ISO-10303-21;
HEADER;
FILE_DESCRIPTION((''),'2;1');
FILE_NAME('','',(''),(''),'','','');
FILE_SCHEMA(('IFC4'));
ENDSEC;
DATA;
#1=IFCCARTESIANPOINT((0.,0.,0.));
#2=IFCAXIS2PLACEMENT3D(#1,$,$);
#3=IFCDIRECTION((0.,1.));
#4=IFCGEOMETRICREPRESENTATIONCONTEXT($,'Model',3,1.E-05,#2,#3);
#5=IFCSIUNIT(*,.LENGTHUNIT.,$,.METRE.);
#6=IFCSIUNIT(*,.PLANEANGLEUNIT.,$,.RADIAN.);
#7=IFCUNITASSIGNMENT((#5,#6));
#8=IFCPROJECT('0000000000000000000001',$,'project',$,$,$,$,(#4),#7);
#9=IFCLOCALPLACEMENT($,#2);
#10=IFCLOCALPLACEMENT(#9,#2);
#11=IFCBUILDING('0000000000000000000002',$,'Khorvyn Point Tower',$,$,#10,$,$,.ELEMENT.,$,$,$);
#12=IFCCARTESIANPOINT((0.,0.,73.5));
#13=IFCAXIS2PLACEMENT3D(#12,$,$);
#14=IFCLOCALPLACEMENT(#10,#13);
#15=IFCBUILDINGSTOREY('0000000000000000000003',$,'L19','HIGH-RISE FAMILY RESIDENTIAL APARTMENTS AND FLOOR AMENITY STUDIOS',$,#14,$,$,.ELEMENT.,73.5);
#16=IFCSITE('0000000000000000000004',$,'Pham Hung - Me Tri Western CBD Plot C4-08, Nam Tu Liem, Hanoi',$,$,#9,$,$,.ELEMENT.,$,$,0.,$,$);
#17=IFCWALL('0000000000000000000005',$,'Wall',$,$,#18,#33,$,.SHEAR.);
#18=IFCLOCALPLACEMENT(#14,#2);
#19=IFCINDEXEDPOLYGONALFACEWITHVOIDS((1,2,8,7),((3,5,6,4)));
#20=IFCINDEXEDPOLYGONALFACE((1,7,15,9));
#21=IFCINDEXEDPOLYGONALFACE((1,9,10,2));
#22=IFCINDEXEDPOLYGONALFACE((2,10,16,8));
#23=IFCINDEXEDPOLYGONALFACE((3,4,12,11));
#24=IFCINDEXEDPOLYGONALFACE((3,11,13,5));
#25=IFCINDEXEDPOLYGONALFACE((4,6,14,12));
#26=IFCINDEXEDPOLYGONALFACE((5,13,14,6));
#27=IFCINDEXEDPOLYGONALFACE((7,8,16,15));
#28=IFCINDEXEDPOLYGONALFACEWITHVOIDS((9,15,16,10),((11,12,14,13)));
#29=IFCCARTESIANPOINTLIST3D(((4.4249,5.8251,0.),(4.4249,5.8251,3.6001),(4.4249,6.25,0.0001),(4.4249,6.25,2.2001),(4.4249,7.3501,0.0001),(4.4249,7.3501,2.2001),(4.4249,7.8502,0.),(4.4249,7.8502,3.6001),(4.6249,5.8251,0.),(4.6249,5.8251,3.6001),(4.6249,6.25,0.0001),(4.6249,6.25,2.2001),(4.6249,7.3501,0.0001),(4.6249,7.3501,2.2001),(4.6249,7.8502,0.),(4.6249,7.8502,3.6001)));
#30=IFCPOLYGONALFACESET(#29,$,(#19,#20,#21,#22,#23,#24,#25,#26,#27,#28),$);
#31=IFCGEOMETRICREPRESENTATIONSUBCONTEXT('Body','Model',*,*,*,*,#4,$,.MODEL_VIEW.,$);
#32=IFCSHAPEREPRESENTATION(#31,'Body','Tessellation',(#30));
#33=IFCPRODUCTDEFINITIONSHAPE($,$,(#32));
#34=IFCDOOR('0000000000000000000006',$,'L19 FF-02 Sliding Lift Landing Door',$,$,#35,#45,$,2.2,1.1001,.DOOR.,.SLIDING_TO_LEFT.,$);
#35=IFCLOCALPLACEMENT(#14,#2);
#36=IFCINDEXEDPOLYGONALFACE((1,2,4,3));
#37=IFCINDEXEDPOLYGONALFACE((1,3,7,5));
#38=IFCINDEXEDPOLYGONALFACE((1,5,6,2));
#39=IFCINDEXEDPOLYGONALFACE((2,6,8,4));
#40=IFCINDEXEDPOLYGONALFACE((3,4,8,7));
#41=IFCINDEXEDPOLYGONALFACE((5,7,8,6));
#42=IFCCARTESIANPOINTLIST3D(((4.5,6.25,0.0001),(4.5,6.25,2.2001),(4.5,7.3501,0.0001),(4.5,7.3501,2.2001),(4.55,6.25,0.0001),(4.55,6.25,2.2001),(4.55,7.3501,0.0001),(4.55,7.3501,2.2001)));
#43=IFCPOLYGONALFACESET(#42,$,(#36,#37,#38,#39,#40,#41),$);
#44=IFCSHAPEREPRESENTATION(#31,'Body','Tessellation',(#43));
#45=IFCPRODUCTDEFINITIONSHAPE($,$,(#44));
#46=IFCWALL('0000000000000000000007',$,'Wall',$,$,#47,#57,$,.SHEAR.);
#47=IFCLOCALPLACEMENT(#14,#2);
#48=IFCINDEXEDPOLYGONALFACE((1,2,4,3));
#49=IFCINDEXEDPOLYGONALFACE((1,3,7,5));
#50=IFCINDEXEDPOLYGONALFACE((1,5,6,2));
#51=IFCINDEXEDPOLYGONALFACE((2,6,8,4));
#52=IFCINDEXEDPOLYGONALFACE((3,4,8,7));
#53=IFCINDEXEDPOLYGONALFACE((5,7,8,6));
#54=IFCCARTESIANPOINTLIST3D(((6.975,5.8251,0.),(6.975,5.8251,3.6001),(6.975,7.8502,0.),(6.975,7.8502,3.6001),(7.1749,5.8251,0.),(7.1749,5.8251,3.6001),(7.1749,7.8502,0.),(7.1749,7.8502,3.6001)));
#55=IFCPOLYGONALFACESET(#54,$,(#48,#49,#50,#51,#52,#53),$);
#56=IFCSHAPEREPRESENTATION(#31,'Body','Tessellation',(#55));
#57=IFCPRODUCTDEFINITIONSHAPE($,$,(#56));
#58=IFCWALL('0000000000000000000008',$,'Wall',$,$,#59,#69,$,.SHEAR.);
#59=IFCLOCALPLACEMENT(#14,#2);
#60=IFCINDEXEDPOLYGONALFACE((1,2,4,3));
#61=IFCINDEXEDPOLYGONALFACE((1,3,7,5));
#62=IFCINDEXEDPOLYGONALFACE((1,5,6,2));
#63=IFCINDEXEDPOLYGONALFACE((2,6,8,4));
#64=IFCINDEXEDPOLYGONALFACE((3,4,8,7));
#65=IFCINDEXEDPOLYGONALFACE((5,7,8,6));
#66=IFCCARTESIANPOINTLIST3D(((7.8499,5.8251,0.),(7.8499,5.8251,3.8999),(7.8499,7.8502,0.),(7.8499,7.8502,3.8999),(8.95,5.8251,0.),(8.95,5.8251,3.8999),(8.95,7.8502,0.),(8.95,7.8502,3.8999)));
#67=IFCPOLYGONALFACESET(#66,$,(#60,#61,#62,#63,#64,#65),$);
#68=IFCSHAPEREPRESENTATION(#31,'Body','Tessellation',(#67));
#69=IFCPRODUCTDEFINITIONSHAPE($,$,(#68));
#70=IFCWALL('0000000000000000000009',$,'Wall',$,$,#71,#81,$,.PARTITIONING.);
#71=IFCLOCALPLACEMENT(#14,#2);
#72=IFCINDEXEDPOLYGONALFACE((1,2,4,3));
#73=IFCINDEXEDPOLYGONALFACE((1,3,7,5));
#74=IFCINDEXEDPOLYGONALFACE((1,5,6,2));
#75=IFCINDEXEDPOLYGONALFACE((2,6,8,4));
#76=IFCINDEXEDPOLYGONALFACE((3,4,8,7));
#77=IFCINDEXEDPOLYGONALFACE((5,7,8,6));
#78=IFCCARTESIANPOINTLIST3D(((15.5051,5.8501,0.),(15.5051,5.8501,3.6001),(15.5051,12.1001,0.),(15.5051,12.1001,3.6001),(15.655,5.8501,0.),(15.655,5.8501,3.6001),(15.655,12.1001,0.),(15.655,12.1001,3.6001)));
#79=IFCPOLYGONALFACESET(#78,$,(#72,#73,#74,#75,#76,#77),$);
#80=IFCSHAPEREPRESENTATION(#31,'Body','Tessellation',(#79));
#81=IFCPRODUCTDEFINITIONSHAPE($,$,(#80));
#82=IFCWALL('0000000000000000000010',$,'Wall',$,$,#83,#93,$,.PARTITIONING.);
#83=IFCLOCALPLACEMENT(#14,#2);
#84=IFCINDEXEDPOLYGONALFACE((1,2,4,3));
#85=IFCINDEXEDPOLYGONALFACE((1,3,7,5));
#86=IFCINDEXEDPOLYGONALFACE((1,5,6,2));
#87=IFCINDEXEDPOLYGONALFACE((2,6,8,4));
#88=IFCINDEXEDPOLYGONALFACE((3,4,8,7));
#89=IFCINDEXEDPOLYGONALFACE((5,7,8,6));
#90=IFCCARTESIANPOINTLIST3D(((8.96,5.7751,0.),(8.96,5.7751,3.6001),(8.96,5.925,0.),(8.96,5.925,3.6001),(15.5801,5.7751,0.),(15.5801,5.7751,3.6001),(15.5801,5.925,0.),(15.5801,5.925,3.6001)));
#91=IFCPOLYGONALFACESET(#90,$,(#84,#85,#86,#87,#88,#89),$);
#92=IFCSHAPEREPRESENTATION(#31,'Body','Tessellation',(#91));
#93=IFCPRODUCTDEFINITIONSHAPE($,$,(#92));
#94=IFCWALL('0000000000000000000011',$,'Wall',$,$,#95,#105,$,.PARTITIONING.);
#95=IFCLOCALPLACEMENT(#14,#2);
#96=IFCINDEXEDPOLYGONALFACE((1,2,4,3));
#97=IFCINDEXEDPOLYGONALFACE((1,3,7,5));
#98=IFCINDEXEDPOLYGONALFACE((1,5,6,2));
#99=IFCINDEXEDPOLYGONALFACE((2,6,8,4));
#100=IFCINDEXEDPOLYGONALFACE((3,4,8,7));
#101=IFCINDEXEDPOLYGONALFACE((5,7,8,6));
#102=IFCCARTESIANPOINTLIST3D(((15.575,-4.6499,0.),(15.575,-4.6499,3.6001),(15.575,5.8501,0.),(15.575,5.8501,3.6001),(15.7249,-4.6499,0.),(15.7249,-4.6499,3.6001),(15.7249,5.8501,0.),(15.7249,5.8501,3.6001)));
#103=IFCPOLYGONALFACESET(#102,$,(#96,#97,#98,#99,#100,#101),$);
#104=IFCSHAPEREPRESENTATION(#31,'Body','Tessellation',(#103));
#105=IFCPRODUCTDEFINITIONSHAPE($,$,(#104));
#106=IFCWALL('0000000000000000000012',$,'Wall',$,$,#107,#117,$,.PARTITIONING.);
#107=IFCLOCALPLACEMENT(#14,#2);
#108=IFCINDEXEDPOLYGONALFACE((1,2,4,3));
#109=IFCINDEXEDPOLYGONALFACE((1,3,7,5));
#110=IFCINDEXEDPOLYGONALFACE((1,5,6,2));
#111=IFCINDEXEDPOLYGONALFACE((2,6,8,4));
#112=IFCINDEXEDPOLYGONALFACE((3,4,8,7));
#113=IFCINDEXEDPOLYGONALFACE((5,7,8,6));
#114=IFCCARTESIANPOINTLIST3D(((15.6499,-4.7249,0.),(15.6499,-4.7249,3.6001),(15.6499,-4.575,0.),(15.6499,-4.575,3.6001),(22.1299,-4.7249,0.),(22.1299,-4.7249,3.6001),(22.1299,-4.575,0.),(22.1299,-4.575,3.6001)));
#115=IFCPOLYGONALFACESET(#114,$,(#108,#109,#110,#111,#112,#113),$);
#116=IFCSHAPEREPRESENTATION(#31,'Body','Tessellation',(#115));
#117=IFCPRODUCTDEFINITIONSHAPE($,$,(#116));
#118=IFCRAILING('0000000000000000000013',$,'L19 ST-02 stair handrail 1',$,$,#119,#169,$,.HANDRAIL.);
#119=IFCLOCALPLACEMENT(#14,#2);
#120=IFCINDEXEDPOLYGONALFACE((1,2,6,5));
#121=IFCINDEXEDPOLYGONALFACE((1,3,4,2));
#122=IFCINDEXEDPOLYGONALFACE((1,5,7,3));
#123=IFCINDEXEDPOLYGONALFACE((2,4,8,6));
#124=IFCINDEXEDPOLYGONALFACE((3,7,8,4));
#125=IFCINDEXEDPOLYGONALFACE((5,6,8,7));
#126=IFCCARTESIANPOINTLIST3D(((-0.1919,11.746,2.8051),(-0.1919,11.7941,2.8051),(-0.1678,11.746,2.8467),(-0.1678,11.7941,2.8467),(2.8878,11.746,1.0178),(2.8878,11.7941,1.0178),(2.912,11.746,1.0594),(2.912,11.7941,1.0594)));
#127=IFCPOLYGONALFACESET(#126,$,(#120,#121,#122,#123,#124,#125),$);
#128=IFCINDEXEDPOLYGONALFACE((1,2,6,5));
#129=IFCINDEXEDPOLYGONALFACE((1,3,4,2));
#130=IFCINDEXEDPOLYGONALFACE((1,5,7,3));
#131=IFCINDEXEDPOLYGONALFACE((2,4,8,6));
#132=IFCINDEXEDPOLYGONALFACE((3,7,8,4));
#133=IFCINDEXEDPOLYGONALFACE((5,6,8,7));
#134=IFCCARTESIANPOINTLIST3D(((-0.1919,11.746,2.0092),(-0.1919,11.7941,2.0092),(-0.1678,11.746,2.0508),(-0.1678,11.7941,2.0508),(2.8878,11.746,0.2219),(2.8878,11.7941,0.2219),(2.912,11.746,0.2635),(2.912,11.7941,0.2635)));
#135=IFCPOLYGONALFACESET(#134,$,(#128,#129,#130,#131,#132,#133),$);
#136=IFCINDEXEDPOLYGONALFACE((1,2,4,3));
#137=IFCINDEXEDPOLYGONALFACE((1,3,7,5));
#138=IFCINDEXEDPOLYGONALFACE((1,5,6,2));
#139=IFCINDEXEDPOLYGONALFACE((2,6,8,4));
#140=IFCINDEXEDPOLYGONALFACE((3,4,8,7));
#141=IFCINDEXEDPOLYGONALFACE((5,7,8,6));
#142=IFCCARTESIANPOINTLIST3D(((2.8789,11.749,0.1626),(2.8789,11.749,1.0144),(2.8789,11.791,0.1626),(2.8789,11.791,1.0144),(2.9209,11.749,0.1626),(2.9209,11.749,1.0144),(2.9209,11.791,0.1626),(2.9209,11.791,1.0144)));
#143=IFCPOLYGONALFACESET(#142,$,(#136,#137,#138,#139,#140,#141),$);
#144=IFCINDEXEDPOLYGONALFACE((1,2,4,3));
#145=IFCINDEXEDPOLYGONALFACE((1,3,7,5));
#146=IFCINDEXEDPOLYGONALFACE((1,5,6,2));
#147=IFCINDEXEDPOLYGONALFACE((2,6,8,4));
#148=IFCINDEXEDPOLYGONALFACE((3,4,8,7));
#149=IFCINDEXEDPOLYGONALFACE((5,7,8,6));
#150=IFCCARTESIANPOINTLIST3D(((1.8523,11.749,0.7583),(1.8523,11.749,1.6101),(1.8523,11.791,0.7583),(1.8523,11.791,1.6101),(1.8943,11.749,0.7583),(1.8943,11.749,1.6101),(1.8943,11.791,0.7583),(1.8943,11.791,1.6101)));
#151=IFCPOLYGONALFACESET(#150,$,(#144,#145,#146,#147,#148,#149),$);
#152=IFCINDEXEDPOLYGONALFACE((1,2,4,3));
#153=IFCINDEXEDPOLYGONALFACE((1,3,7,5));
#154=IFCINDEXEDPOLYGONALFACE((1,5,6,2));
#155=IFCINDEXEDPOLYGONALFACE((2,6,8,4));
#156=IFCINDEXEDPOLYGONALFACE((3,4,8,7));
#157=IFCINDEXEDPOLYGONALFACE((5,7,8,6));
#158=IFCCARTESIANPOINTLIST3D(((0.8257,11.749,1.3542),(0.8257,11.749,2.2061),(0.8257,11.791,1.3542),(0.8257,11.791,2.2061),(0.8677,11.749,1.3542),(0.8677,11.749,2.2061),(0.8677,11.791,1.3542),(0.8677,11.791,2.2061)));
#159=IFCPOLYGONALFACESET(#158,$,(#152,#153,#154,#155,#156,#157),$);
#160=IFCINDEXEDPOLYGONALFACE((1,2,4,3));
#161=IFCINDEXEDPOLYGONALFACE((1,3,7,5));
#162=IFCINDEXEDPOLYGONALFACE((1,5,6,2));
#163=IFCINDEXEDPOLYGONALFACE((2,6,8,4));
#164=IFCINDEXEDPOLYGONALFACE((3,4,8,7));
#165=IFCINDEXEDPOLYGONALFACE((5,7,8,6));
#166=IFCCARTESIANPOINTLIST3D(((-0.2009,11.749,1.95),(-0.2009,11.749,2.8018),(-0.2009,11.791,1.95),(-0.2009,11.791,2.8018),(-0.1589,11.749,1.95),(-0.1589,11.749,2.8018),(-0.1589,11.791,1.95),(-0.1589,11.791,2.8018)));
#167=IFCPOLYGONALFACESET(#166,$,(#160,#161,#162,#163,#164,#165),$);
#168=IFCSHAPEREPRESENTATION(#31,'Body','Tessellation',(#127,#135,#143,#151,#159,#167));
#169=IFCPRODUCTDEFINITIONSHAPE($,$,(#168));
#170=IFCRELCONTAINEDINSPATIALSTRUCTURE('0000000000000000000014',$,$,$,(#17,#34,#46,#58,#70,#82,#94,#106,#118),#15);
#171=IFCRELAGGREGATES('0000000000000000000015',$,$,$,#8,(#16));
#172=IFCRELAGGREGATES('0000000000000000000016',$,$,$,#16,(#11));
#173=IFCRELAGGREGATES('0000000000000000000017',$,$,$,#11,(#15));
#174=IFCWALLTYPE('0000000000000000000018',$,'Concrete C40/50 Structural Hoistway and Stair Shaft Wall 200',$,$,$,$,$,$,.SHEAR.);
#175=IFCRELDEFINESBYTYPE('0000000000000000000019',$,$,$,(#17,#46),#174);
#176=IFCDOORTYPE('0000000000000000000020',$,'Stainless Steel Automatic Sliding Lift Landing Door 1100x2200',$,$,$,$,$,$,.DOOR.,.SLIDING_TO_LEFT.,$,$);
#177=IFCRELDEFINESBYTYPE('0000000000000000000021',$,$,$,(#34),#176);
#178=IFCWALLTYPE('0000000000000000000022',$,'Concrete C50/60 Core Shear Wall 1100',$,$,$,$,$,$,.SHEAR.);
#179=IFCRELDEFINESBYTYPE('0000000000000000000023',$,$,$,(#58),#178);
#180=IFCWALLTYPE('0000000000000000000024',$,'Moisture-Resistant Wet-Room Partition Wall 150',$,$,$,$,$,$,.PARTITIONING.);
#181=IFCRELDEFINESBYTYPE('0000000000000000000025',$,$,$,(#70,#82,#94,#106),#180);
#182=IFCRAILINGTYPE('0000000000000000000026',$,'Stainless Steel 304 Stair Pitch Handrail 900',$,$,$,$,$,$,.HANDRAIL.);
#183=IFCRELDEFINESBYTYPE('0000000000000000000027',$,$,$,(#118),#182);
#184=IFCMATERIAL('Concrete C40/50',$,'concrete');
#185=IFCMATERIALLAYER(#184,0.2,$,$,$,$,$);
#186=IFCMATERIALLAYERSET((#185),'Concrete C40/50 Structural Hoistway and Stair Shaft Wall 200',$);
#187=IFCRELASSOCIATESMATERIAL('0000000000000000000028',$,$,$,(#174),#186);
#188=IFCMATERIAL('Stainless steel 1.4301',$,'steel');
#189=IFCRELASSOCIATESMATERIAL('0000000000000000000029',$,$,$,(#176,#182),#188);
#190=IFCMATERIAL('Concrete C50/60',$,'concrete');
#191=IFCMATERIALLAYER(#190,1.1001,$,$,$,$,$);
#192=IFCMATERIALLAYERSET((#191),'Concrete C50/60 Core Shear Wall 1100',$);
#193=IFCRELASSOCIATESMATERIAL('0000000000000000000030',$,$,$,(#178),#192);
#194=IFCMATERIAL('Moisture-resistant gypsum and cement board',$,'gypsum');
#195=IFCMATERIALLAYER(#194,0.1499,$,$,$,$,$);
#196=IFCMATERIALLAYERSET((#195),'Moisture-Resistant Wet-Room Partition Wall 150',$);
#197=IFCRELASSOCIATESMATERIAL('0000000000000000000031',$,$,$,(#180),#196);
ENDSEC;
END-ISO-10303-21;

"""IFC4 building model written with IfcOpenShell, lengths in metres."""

from ifc_helpers import new_model, si_unit, direction, frame, frame_2d, origin, origin_2d, place, context, subcontext, project, spatial, rectangle, extrude, material, layer, layer_set, type_object, element, fill, save


model = new_model("IFC4")

# Units and contexts
model_context = context("Model", 3, precision=1e-05, world=origin(), true_north=direction((0.0, 1.0)))
body_context = subcontext(model_context, "Body", "Model", "MODEL_VIEW")
ifc_project = project(units=[si_unit("LENGTHUNIT", "METRE"), si_unit("PLANEANGLEUNIT", "RADIAN")], contexts=[model_context])

# Site, building, storey
site_placement = place(None, origin())
site = spatial("IfcSite", under=ifc_project, at=site_placement, Name="Pham Hung - Me Tri Western CBD Plot C4-08, Nam Tu Liem, Hanoi", CompositionType="ELEMENT", RefElevation=0.0)
building_placement = place(site_placement, origin())
building = spatial("IfcBuilding", under=site, at=building_placement, Name="Khorvyn Point Tower", CompositionType="ELEMENT")
storey_placement = place(building_placement, frame((0.0, 0.0, 73.5)))
storey = spatial("IfcBuildingStorey", under=building, at=storey_placement, Name="L19", Description="HIGH-RISE FAMILY RESIDENTIAL APARTMENTS AND FLOOR AMENITY STUDIOS", CompositionType="ELEMENT", Elevation=73.5)

# Shared definitions
ifc_material_1 = material(Name="Concrete C50/60", Category="concrete")

# Shared definitions
ifc_material_2 = material(Name="Concrete C40/50", Category="concrete")

# Wall, opening, door
ifc_layer_1 = layer(ifc_material_2, 0.2)
ifc_layer_set_1 = layer_set([ifc_layer_1], Name="Concrete C40/50 Structural Hoistway and Stair Shaft Wall 200")
wall_type_1 = type_object("IfcWallType", Name="Concrete C40/50 Structural Hoistway and Stair Shaft Wall 200", PredefinedType="SHEAR", material=ifc_layer_set_1)
wall_1_placement = place(storey_placement, frame((4.5249, 5.825, 0.0), z_axis=(0.0, 0.0, 1.0), x_axis=(0.0, 1.0, 0.0)))
wall_1 = element("IfcWall", 1, at=wall_1_placement, inside=storey, type_object=wall_type_1, Name="Wall", PredefinedType="SHEAR", context=body_context, shape_type="SweptSolid", body=[
    extrude(rectangle(XDim=2.0251, YDim=0.2, at=frame_2d((1.0127, 0.0))), origin(), (0.0, 0.0, 1.0), 3.6001),
])
opening_placement = place(wall_1_placement, frame((0.425, 0.0, 0.0)))
opening = element("IfcOpeningElement", 2, at=opening_placement, cuts=wall_1, PredefinedType="OPENING", context=body_context, shape_type="SweptSolid", body=[
    extrude(rectangle(XDim=1.1001, YDim=2.2, at=frame_2d((0.55, 1.1001))), frame((0.0, 0.1099, 0.0), z_axis=(0.0, -1.0, 0.0), x_axis=(1.0, 0.0, 0.0)), (0.0, 0.0, 1.0), 0.22),
])
ifc_material_3 = material(Name="Stainless steel 1.4301", Category="steel")
door_type = type_object("IfcDoorType", Name="Stainless Steel Automatic Sliding Lift Landing Door 1100x2200", OperationType="SLIDING_TO_LEFT", PredefinedType="DOOR", material=ifc_material_3)
door_placement = place(opening_placement, origin())
door = element("IfcDoor", 3, at=door_placement, inside=storey, type_object=door_type, Name="L19 FF-02 Sliding Lift Landing Door", OperationType="SLIDING_TO_LEFT", OverallHeight=2.2, OverallWidth=1.1001, PredefinedType="DOOR", context=body_context, shape_type="SweptSolid", body=[
    extrude(rectangle(XDim=1.1001, YDim=2.2, at=frame_2d((0.55, 1.1001))), frame((0.0, 0.0249, 0.0), z_axis=(0.0, -1.0, 0.0), x_axis=(1.0, 0.0, 0.0)), (0.0, 0.0, 1.0), 0.05),
])
fill(opening, door)

# Walls
wall_2_placement = place(storey_placement, frame((7.075, 5.825, 0.0), z_axis=(0.0, 0.0, 1.0), x_axis=(0.0, 1.0, 0.0)))
element("IfcWall", 4, at=wall_2_placement, inside=storey, type_object=wall_type_1, Name="Wall", PredefinedType="SHEAR", context=body_context, shape_type="SweptSolid", body=[
    extrude(rectangle(XDim=2.0251, YDim=0.2, at=frame_2d((1.0127, 0.0))), origin(), (0.0, 0.0, 1.0), 3.6001),
])
ifc_layer_2 = layer(ifc_material_1, 1.1001)
ifc_layer_set_2 = layer_set([ifc_layer_2], Name="Concrete C50/60 Core Shear Wall 1100")
wall_type_2 = type_object("IfcWallType", Name="Concrete C50/60 Core Shear Wall 1100", PredefinedType="SHEAR", material=ifc_layer_set_2)
wall_3_placement = place(storey_placement, frame((8.3999, 5.825, 0.0), z_axis=(0.0, 0.0, 1.0), x_axis=(0.0, 1.0, 0.0)))
element("IfcWall", 5, at=wall_3_placement, inside=storey, type_object=wall_type_2, Name="Wall", PredefinedType="SHEAR", context=body_context, shape_type="SweptSolid", body=[
    extrude(rectangle(XDim=2.0251, YDim=1.1001, at=frame_2d((1.0127, 0.0))), origin(), (0.0, 0.0, 1.0), 3.8999),
])
ifc_material_4 = material(Name="Moisture-resistant gypsum and cement board", Category="gypsum")
ifc_layer_3 = layer(ifc_material_4, 0.1499)
ifc_layer_set_3 = layer_set([ifc_layer_3], Name="Moisture-Resistant Wet-Room Partition Wall 150")
wall_type_3 = type_object("IfcWallType", Name="Moisture-Resistant Wet-Room Partition Wall 150", PredefinedType="PARTITIONING", material=ifc_layer_set_3)
wall_4_placement = place(storey_placement, frame((15.5801, 5.8501, 0.0), z_axis=(0.0, 0.0, 1.0), x_axis=(0.0, 1.0, 0.0)))
element("IfcWall", 6, at=wall_4_placement, inside=storey, type_object=wall_type_3, Name="Wall", PredefinedType="PARTITIONING", context=body_context, shape_type="SweptSolid", body=[
    extrude(rectangle(XDim=6.25, YDim=0.1499, at=frame_2d((3.125, 0.0))), origin(), (0.0, 0.0, 1.0), 3.6001),
])
wall_5_placement = place(storey_placement, frame((8.96, 5.8501, 0.0), z_axis=(0.0, 0.0, 1.0), x_axis=(1.0, 0.0, 0.0)))
element("IfcWall", 7, at=wall_5_placement, inside=storey, type_object=wall_type_3, Name="Wall", PredefinedType="PARTITIONING", context=body_context, shape_type="SweptSolid", body=[
    extrude(rectangle(XDim=6.6201, YDim=0.1499, at=frame_2d((3.3101, 0.0))), origin(), (0.0, 0.0, 1.0), 3.6001),
])
wall_6_placement = place(storey_placement, frame((15.6499, -4.6499, 0.0), z_axis=(0.0, 0.0, 1.0), x_axis=(0.0, 1.0, 0.0)))
element("IfcWall", 8, at=wall_6_placement, inside=storey, type_object=wall_type_3, Name="Wall", PredefinedType="PARTITIONING", context=body_context, shape_type="SweptSolid", body=[
    extrude(rectangle(XDim=10.5, YDim=0.1499, at=frame_2d((5.25, 0.0))), origin(), (0.0, 0.0, 1.0), 3.6001),
])
wall_7_placement = place(storey_placement, frame((15.6499, -4.6499, 0.0), z_axis=(0.0, 0.0, 1.0), x_axis=(1.0, 0.0, 0.0)))
element("IfcWall", 9, at=wall_7_placement, inside=storey, type_object=wall_type_3, Name="Wall", PredefinedType="PARTITIONING", context=body_context, shape_type="SweptSolid", body=[
    extrude(rectangle(XDim=6.48, YDim=0.1499, at=frame_2d((3.24, 0.0))), origin(), (0.0, 0.0, 1.0), 3.6001),
])

# Railing
railing_type_1 = type_object("IfcRailingType", Name="Stainless Steel 304 Stair Pitch Handrail 900", PredefinedType="HANDRAIL", material=ifc_material_3)
railing_1_placement = place(storey_placement, frame((2.8999, 11.77, 0.1626)))
element("IfcRailing", 10, at=railing_1_placement, inside=storey, type_object=railing_type_1, Name="L19 ST-02 stair handrail 1", PredefinedType="HANDRAIL", context=body_context, shape_type="SweptSolid", body=[
    extrude(rectangle(XDim=0.0481, YDim=0.0481, at=origin_2d()), frame((0.0, 0.0, 0.876), z_axis=(-0.864903, 0.0, 0.501939), x_axis=(0.0, -1.0, 0.0)), (0.0, 0.0, 1.0), 3.5608),
    extrude(rectangle(XDim=0.0481, YDim=0.0481, at=origin_2d()), frame((0.0, 0.0, 0.0801), z_axis=(-0.864903, 0.0, 0.501939), x_axis=(0.0, -1.0, 0.0)), (0.0, 0.0, 1.0), 3.5608),
    extrude(rectangle(XDim=0.042, YDim=0.042, at=origin_2d()), origin(), (0.0, 0.0, 1.0), 0.8518),
    extrude(rectangle(XDim=0.042, YDim=0.042, at=origin_2d()), frame((-1.0266, 0.0, 0.5957)), (0.0, 0.0, 1.0), 0.8518),
    extrude(rectangle(XDim=0.042, YDim=0.042, at=origin_2d()), frame((-2.0532, 0.0, 1.1917)), (0.0, 0.0, 1.0), 0.8518),
    extrude(rectangle(XDim=0.042, YDim=0.042, at=origin_2d()), frame((-3.0798, 0.0, 1.7874)), (0.0, 0.0, 1.0), 0.8518),
])

save(model, "model.ifc")
